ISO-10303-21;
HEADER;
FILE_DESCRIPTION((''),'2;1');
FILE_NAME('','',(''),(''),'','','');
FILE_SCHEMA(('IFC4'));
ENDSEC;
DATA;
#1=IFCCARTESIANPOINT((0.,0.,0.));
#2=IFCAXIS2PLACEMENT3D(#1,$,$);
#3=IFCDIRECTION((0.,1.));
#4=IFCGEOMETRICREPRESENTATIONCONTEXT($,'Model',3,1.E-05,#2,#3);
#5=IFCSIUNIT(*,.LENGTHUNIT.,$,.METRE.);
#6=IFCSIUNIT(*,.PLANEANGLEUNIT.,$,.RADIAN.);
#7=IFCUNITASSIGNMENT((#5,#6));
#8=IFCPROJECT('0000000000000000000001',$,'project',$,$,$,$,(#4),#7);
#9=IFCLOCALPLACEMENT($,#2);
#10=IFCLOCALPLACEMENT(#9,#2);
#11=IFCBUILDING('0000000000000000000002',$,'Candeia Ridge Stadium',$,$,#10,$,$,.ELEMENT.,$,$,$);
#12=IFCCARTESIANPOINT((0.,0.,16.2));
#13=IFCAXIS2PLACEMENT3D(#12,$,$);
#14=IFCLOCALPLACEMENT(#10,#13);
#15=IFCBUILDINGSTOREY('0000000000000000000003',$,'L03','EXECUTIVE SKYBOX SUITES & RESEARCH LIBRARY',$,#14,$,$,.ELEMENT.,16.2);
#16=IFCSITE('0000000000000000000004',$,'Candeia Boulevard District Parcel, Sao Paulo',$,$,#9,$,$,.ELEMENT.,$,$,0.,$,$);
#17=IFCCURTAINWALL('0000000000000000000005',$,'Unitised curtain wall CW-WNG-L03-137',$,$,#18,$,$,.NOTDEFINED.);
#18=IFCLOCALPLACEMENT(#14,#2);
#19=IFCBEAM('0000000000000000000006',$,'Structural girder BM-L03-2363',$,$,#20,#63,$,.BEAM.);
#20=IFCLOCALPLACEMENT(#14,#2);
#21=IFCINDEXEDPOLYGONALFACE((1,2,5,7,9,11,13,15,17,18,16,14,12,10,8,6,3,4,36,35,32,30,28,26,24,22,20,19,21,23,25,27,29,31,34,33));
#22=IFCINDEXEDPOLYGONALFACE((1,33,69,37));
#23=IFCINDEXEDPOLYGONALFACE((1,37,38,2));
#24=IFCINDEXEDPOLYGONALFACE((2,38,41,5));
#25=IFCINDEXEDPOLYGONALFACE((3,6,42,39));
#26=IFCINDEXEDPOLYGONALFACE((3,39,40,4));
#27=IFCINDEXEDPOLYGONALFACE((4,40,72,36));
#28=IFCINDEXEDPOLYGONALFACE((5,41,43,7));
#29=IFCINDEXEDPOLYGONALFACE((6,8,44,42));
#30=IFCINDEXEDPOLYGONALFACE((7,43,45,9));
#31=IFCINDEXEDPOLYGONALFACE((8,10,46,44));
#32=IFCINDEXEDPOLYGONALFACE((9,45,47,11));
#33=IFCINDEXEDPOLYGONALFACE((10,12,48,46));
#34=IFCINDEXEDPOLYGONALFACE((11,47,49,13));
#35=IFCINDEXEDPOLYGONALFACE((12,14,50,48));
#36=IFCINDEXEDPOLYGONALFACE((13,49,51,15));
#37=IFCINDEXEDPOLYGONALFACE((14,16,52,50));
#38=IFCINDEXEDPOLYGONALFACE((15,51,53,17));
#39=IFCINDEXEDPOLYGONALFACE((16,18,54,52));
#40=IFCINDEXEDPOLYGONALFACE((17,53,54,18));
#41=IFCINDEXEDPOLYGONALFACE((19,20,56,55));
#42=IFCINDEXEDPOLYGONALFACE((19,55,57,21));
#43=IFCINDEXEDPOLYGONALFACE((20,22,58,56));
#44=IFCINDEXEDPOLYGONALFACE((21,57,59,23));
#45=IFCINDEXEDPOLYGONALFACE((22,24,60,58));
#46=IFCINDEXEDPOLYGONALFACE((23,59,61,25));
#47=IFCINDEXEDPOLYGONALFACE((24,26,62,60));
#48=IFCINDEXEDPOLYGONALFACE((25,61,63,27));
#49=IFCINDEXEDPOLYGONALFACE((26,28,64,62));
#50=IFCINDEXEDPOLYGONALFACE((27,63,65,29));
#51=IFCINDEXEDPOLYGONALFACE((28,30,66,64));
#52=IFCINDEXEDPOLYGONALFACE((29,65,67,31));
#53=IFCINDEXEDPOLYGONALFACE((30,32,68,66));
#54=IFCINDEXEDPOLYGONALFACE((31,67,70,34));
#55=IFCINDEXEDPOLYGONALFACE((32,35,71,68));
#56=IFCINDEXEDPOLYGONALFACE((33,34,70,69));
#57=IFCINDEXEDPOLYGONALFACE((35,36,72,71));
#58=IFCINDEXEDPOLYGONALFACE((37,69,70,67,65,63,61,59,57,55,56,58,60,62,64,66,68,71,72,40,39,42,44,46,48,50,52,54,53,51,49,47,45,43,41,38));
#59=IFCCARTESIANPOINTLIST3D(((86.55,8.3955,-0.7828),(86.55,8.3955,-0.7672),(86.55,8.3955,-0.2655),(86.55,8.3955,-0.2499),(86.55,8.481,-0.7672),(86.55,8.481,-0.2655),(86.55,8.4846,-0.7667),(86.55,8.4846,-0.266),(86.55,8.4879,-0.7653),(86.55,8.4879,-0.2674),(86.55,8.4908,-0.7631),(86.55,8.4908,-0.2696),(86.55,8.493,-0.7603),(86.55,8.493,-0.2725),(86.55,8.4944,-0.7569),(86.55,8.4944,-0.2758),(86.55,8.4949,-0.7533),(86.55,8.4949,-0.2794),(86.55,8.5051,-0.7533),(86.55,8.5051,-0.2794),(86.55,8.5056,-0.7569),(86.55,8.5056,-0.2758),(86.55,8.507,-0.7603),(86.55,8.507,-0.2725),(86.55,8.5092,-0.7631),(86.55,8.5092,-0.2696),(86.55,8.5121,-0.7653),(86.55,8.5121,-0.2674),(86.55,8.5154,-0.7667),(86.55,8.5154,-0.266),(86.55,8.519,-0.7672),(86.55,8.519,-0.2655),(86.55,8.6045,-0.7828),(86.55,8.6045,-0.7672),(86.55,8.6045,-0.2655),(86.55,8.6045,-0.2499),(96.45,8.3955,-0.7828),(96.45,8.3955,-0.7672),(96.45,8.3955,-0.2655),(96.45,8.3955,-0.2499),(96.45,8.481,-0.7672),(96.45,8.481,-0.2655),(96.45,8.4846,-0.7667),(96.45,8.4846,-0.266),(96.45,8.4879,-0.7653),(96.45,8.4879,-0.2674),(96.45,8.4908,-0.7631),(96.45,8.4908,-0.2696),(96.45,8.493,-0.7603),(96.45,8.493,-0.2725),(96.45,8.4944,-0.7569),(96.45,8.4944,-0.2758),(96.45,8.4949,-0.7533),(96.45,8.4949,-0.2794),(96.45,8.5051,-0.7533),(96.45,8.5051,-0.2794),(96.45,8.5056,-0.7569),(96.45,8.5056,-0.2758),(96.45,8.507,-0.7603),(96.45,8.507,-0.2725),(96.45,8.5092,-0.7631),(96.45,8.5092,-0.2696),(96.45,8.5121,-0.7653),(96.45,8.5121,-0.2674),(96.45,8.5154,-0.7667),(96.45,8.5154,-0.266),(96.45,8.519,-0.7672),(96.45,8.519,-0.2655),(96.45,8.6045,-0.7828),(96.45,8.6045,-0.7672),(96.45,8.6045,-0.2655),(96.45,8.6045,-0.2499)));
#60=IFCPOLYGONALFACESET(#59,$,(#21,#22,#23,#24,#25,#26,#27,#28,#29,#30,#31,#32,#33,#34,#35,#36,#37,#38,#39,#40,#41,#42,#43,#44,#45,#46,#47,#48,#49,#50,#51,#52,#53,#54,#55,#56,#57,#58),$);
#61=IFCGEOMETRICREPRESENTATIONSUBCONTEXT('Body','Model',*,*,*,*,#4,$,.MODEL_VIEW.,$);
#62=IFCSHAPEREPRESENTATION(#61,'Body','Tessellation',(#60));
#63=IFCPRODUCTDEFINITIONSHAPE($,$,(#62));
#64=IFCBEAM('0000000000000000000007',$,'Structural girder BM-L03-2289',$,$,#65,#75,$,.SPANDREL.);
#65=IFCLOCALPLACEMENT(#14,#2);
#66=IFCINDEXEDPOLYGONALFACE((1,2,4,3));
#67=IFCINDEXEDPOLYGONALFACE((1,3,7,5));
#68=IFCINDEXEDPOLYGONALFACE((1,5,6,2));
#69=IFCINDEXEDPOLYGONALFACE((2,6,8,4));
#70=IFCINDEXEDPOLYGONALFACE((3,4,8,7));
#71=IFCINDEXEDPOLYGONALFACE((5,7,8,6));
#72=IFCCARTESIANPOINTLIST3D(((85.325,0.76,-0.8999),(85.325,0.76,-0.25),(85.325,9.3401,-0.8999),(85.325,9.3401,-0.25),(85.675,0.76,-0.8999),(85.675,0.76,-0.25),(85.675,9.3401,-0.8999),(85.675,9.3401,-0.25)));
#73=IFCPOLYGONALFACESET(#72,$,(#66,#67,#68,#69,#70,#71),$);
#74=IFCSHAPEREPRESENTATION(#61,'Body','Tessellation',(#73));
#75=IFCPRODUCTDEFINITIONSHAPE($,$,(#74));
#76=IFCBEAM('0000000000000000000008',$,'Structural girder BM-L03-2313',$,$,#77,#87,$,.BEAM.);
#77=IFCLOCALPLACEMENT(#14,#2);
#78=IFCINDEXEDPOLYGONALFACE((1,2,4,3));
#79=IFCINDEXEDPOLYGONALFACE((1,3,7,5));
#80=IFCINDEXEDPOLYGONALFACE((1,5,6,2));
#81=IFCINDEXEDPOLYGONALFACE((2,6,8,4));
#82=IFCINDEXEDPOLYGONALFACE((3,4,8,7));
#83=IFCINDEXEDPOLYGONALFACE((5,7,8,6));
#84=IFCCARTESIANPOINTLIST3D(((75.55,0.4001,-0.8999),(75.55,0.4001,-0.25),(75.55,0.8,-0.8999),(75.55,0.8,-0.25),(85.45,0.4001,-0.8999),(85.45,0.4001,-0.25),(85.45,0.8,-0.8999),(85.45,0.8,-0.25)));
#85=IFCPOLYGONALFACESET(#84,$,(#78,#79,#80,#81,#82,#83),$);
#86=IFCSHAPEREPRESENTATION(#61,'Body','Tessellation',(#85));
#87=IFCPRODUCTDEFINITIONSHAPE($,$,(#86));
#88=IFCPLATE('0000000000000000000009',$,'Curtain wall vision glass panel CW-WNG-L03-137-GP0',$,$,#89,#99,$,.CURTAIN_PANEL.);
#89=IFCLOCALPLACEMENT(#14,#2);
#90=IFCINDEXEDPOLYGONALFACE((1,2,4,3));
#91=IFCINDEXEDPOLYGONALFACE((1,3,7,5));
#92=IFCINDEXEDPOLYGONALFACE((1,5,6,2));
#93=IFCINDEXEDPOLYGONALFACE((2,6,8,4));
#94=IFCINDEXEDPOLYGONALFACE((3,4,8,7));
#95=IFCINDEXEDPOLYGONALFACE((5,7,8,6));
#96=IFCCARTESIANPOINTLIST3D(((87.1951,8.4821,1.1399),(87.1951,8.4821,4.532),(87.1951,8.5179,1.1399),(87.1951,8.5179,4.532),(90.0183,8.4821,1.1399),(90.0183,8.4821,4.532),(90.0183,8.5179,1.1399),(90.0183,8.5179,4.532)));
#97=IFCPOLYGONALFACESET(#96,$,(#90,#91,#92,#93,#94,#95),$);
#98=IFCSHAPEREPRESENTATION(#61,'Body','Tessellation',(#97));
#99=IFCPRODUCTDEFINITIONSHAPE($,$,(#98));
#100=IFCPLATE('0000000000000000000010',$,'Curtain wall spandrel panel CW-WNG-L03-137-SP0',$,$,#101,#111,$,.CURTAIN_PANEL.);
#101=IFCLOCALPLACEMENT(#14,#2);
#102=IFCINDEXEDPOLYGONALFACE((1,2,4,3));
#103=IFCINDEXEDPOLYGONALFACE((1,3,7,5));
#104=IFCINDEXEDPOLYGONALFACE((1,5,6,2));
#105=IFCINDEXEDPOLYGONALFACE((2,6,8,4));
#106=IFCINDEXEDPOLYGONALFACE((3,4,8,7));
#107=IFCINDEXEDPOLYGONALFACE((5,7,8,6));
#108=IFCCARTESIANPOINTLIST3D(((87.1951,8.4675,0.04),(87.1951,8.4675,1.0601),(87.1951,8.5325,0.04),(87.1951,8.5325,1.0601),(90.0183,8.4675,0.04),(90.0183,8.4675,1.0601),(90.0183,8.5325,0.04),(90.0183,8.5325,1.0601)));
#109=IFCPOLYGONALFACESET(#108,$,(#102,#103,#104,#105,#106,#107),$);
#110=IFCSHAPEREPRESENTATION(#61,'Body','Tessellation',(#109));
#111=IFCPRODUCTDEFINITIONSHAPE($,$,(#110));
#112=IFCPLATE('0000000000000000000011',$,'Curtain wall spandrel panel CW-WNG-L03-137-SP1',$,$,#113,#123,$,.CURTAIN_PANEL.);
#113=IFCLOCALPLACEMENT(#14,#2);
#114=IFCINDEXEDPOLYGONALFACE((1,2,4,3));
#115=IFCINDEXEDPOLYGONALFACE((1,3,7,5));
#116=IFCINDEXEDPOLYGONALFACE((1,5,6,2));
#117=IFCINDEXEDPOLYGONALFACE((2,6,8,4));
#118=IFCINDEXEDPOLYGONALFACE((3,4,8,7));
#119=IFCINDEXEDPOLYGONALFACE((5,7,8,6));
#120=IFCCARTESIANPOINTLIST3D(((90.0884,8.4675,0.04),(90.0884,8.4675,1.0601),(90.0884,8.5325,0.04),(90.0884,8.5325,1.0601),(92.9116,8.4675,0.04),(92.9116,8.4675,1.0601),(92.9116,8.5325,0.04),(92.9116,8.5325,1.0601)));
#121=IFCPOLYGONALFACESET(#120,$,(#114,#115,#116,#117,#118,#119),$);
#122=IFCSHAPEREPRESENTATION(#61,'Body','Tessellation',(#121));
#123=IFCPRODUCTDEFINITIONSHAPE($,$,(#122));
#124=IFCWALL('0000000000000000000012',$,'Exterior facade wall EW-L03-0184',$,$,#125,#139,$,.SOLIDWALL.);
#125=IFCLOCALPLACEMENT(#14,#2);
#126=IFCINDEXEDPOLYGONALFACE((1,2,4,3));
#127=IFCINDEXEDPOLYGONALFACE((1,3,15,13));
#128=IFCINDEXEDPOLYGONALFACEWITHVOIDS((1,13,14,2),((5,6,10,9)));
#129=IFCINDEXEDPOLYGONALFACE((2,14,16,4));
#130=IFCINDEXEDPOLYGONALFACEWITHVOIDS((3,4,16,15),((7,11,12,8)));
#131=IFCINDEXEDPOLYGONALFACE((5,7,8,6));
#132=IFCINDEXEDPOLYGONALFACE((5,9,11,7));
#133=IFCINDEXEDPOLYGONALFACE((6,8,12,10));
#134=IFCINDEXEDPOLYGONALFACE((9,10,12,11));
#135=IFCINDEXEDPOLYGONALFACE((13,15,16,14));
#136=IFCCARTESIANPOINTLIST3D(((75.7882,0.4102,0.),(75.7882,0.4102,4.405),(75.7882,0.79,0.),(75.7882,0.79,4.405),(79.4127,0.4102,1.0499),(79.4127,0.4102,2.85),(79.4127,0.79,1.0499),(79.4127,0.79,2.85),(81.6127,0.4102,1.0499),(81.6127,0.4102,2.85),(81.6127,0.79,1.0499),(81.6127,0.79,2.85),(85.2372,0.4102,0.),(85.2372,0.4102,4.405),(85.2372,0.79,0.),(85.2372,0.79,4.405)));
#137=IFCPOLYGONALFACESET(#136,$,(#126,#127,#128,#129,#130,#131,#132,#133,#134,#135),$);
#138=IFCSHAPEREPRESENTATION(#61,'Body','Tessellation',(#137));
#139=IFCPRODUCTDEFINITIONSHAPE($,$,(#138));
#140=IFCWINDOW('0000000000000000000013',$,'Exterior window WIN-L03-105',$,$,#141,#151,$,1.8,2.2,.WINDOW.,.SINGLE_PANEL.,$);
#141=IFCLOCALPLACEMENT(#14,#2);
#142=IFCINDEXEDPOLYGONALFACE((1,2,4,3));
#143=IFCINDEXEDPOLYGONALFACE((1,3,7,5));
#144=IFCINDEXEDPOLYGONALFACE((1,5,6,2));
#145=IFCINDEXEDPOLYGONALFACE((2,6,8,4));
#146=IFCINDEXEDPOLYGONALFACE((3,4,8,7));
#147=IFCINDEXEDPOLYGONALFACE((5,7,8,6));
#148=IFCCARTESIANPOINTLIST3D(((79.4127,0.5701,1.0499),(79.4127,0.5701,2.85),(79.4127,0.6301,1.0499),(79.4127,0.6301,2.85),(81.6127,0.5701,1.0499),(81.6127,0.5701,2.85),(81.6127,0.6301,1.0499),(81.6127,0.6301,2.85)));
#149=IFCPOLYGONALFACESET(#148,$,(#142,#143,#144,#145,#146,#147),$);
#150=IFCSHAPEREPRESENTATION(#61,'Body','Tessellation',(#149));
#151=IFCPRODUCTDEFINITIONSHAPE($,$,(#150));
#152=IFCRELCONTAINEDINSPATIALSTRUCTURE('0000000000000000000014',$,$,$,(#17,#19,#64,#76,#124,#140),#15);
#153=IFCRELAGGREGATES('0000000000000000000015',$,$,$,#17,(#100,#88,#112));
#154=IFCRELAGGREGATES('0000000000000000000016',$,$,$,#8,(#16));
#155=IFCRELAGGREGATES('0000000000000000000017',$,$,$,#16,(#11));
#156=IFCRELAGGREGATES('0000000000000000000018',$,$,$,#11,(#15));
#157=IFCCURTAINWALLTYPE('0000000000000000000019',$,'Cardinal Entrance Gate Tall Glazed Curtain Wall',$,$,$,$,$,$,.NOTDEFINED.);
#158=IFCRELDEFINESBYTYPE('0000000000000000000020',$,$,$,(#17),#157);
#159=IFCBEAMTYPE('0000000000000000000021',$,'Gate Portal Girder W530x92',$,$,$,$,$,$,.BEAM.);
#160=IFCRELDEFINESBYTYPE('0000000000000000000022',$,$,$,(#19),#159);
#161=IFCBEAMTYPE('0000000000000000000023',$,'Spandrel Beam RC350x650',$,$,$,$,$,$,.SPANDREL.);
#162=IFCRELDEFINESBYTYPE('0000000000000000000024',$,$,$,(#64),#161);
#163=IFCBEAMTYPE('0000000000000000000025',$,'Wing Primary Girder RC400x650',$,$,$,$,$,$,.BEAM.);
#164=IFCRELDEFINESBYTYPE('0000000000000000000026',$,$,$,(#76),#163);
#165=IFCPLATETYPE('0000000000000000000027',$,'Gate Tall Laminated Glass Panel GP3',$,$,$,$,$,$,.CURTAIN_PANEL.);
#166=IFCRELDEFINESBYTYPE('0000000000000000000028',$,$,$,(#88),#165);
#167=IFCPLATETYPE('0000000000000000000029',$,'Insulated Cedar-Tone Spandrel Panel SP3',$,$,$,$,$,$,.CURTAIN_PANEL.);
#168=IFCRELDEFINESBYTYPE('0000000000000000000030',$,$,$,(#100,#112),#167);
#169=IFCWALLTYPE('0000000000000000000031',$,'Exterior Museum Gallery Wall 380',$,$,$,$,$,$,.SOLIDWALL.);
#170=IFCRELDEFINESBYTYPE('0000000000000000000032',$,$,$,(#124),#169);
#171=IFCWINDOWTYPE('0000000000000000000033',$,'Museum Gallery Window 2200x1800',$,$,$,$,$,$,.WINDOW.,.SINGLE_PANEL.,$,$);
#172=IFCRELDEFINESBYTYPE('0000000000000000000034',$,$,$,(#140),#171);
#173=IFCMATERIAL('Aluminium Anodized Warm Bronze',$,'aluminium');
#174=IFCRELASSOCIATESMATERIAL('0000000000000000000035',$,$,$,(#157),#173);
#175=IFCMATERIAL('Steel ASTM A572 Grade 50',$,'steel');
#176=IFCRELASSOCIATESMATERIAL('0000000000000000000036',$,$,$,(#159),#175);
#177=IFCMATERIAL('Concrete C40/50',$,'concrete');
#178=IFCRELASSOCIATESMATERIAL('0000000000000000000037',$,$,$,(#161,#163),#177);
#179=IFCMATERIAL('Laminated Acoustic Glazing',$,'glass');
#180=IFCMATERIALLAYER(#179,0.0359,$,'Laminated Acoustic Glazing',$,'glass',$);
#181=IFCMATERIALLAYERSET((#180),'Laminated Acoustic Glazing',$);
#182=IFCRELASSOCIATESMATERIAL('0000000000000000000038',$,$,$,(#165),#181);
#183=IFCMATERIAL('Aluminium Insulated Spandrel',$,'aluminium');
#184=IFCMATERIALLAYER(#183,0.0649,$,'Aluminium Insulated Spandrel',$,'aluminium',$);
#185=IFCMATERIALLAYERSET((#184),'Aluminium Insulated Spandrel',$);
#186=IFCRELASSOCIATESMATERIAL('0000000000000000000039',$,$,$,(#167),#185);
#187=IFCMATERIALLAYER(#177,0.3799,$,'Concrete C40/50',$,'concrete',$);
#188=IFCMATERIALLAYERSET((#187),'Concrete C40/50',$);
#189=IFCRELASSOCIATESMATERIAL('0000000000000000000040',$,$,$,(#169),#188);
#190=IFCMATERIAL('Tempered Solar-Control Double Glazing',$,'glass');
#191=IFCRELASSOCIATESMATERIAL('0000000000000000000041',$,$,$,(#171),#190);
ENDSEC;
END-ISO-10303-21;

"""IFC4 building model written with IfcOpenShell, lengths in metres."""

from ifc_helpers import new_model, si_unit, direction, frame, frame_2d, origin, origin_2d, place, context, subcontext, project, spatial, rectangle, i_section, extrude, material, layer, layer_set, material_profile, profile_set, type_object, element, fill, aggregate, save


model = new_model("IFC4")

# Units and contexts
model_context = context("Model", 3, precision=1e-05, world=origin(), true_north=direction((0.0, 1.0)))
body_context = subcontext(model_context, "Body", "Model", "MODEL_VIEW")
ifc_project = project(units=[si_unit("LENGTHUNIT", "METRE"), si_unit("PLANEANGLEUNIT", "RADIAN")], contexts=[model_context])

# Site, building, storey
site_placement = place(None, origin())
site = spatial("IfcSite", under=ifc_project, at=site_placement, Name="Candeia Boulevard District Parcel, Sao Paulo", CompositionType="ELEMENT", RefElevation=0.0)
building_placement = place(site_placement, origin())
building = spatial("IfcBuilding", under=site, at=building_placement, Name="Candeia Ridge Stadium", CompositionType="ELEMENT")
storey_placement = place(building_placement, frame((0.0, 0.0, 16.2)))
storey = spatial("IfcBuildingStorey", under=building, at=storey_placement, Name="L03", Description="EXECUTIVE SKYBOX SUITES & RESEARCH LIBRARY", CompositionType="ELEMENT", Elevation=16.2)

# Shared definitions
ifc_material_1 = material(Name="Steel ASTM A572 Grade 50", Category="steel")
ifc_material_2 = material(Name="Concrete C40/50", Category="concrete")

# Curtain wall
ifc_material_3 = material(Name="Aluminium Anodized Warm Bronze", Category="aluminium")
curtain_wall_type = type_object("IfcCurtainWallType", Name="Cardinal Entrance Gate Tall Glazed Curtain Wall", PredefinedType="NOTDEFINED", material=ifc_material_3)
curtain_wall_placement = place(storey_placement, origin())
curtain_wall = element("IfcCurtainWall", 1, at=curtain_wall_placement, inside=storey, type_object=curtain_wall_type, Name="Unitised curtain wall CW-WNG-L03-137", PredefinedType="NOTDEFINED")

# Beams
ifc_material_profile_1 = material_profile(ifc_material_1, i_section(OverallWidth=0.209, OverallDepth=0.533, WebThickness=0.0103, FlangeThickness=0.0156, FilletRadius=0.0139, at=origin_2d()), Name="W530x92", Category="steel")
ifc_profile_set_1 = profile_set([ifc_material_profile_1], Name="Steel ASTM A572 Grade 50")
beam_type_1 = type_object("IfcBeamType", Name="Gate Portal Girder W530x92", PredefinedType="BEAM", material=ifc_profile_set_1)
beam_1_placement = place(storey_placement, frame((86.55, 8.5, -0.5164), z_axis=(1.0, 0.0, 0.0), x_axis=(0.0, 1.0, 0.0)))
element("IfcBeam", 2, at=beam_1_placement, inside=storey, type_object=beam_type_1, Name="Structural girder BM-L03-2363", PredefinedType="BEAM", context=body_context, shape_type="SweptSolid", body=[
    extrude(i_section(OverallWidth=0.209, OverallDepth=0.533, WebThickness=0.0103, FlangeThickness=0.0156, FilletRadius=0.0139, at=origin_2d()), origin(), (0.0, 0.0, 1.0), 9.8999),
])
ifc_material_profile_2 = material_profile(ifc_material_2, rectangle(XDim=0.3501, YDim=0.6499, at=origin_2d()), Name="RC350x650", Category="concrete")
ifc_profile_set_2 = profile_set([ifc_material_profile_2], Name="Concrete C40/50")
beam_type_2 = type_object("IfcBeamType", Name="Spandrel Beam RC350x650", PredefinedType="SPANDREL", material=ifc_profile_set_2)
beam_2_placement = place(storey_placement, frame((85.5, 0.76, -0.575), z_axis=(0.0, 1.0, 0.0), x_axis=(-1.0, 0.0, 0.0)))
element("IfcBeam", 3, at=beam_2_placement, inside=storey, type_object=beam_type_2, Name="Structural girder BM-L03-2289", PredefinedType="SPANDREL", context=body_context, shape_type="SweptSolid", body=[
    extrude(rectangle(XDim=0.3501, YDim=0.6499, at=origin_2d()), origin(), (0.0, 0.0, 1.0), 8.5801),
])
ifc_material_profile_3 = material_profile(ifc_material_2, rectangle(XDim=0.3999, YDim=0.6499, at=origin_2d()), Name="RC400x650", Category="concrete")
ifc_profile_set_3 = profile_set([ifc_material_profile_3], Name="Concrete C40/50")
beam_type_3 = type_object("IfcBeamType", Name="Wing Primary Girder RC400x650", PredefinedType="BEAM", material=ifc_profile_set_3)
beam_3_placement = place(storey_placement, frame((75.55, 0.6001, -0.575), z_axis=(1.0, 0.0, 0.0), x_axis=(0.0, 1.0, 0.0)))
element("IfcBeam", 4, at=beam_3_placement, inside=storey, type_object=beam_type_3, Name="Structural girder BM-L03-2313", PredefinedType="BEAM", context=body_context, shape_type="SweptSolid", body=[
    extrude(rectangle(XDim=0.3999, YDim=0.6499, at=origin_2d()), origin(), (0.0, 0.0, 1.0), 9.8999),
])

# Plates
ifc_material_4 = material(Name="Laminated Acoustic Glazing", Category="glass")
ifc_layer_1 = layer(ifc_material_4, 0.0359, Name="Laminated Acoustic Glazing", Category="glass")
ifc_layer_set_1 = layer_set([ifc_layer_1], Name="Laminated Acoustic Glazing")
plate_type_1 = type_object("IfcPlateType", Name="Gate Tall Laminated Glass Panel GP3", PredefinedType="CURTAIN_PANEL", material=ifc_layer_set_1)
plate_1_placement = place(storey_placement, frame((88.6067, 8.5, 1.1399), z_axis=(0.0, 0.0, 1.0), x_axis=(1.0, 0.0, 0.0)))
plate_1 = element("IfcPlate", 5, at=plate_1_placement, type_object=plate_type_1, Name="Curtain wall vision glass panel CW-WNG-L03-137-GP0", PredefinedType="CURTAIN_PANEL", context=body_context, shape_type="SweptSolid", body=[
    extrude(rectangle(XDim=2.8232, YDim=0.0359, at=origin_2d()), origin(), (0.0, 0.0, 1.0), 3.3921),
])
ifc_material_5 = material(Name="Aluminium Insulated Spandrel", Category="aluminium")
ifc_layer_2 = layer(ifc_material_5, 0.0649, Name="Aluminium Insulated Spandrel", Category="aluminium")
ifc_layer_set_2 = layer_set([ifc_layer_2], Name="Aluminium Insulated Spandrel")
plate_type_2 = type_object("IfcPlateType", Name="Insulated Cedar-Tone Spandrel Panel SP3", PredefinedType="CURTAIN_PANEL", material=ifc_layer_set_2)
plate_2_placement = place(storey_placement, frame((88.6067, 8.5, 0.04), z_axis=(0.0, 0.0, 1.0), x_axis=(1.0, 0.0, 0.0)))
plate_2 = element("IfcPlate", 6, at=plate_2_placement, type_object=plate_type_2, Name="Curtain wall spandrel panel CW-WNG-L03-137-SP0", PredefinedType="CURTAIN_PANEL", context=body_context, shape_type="SweptSolid", body=[
    extrude(rectangle(XDim=2.8232, YDim=0.0649, at=origin_2d()), origin(), (0.0, 0.0, 1.0), 1.02),
])
plate_3_placement = place(storey_placement, frame((91.5, 8.5, 0.04), z_axis=(0.0, 0.0, 1.0), x_axis=(1.0, 0.0, 0.0)))
plate_3 = element("IfcPlate", 7, at=plate_3_placement, type_object=plate_type_2, Name="Curtain wall spandrel panel CW-WNG-L03-137-SP1", PredefinedType="CURTAIN_PANEL", context=body_context, shape_type="SweptSolid", body=[
    extrude(rectangle(XDim=2.8232, YDim=0.0649, at=origin_2d()), origin(), (0.0, 0.0, 1.0), 1.02),
])
aggregate(curtain_wall, [plate_2, plate_1, plate_3])

# Wall, opening, window
ifc_layer_3 = layer(ifc_material_2, 0.3799, Name="Concrete C40/50", Category="concrete")
ifc_layer_set_3 = layer_set([ifc_layer_3], Name="Concrete C40/50")
wall_type = type_object("IfcWallType", Name="Exterior Museum Gallery Wall 380", PredefinedType="SOLIDWALL", material=ifc_layer_set_3)
wall_placement = place(storey_placement, frame((75.7881, 0.6001, 0.0), z_axis=(0.0, 0.0, 1.0), x_axis=(1.0, 0.0, 0.0)))
wall = element("IfcWall", 8, at=wall_placement, inside=storey, type_object=wall_type, Name="Exterior facade wall EW-L03-0184", PredefinedType="SOLIDWALL", context=body_context, shape_type="SweptSolid", body=[
    extrude(rectangle(XDim=9.449, YDim=0.3799, at=frame_2d((4.7246, 0.0))), origin(), (0.0, 0.0, 1.0), 4.405),
])
opening_placement = place(wall_placement, frame((3.6245, 0.0, 1.05)))
opening = element("IfcOpeningElement", 9, at=opening_placement, cuts=wall, PredefinedType="OPENING", context=body_context, shape_type="SweptSolid", body=[
    extrude(rectangle(XDim=2.2, YDim=1.8, at=frame_2d((1.1001, 0.8999))), frame((0.0, 0.2, 0.0), z_axis=(0.0, -1.0, 0.0), x_axis=(1.0, 0.0, 0.0)), (0.0, 0.0, 1.0), 0.3999),
])
ifc_material_6 = material(Name="Tempered Solar-Control Double Glazing", Category="glass")
window_type = type_object("IfcWindowType", Name="Museum Gallery Window 2200x1800", PartitioningType="SINGLE_PANEL", PredefinedType="WINDOW", material=ifc_material_6)
window_placement = place(opening_placement, origin())
window = element("IfcWindow", 10, at=window_placement, inside=storey, type_object=window_type, Name="Exterior window WIN-L03-105", OverallHeight=1.8, OverallWidth=2.2, PartitioningType="SINGLE_PANEL", PredefinedType="WINDOW", context=body_context, shape_type="SweptSolid", body=[
    extrude(rectangle(XDim=2.2, YDim=1.8, at=frame_2d((1.1001, 0.8999))), frame((0.0, 0.03, 0.0), z_axis=(0.0, -1.0, 0.0), x_axis=(1.0, 0.0, 0.0)), (0.0, 0.0, 1.0), 0.0601),
])
fill(opening, window)

save(model, "model.ifc")
